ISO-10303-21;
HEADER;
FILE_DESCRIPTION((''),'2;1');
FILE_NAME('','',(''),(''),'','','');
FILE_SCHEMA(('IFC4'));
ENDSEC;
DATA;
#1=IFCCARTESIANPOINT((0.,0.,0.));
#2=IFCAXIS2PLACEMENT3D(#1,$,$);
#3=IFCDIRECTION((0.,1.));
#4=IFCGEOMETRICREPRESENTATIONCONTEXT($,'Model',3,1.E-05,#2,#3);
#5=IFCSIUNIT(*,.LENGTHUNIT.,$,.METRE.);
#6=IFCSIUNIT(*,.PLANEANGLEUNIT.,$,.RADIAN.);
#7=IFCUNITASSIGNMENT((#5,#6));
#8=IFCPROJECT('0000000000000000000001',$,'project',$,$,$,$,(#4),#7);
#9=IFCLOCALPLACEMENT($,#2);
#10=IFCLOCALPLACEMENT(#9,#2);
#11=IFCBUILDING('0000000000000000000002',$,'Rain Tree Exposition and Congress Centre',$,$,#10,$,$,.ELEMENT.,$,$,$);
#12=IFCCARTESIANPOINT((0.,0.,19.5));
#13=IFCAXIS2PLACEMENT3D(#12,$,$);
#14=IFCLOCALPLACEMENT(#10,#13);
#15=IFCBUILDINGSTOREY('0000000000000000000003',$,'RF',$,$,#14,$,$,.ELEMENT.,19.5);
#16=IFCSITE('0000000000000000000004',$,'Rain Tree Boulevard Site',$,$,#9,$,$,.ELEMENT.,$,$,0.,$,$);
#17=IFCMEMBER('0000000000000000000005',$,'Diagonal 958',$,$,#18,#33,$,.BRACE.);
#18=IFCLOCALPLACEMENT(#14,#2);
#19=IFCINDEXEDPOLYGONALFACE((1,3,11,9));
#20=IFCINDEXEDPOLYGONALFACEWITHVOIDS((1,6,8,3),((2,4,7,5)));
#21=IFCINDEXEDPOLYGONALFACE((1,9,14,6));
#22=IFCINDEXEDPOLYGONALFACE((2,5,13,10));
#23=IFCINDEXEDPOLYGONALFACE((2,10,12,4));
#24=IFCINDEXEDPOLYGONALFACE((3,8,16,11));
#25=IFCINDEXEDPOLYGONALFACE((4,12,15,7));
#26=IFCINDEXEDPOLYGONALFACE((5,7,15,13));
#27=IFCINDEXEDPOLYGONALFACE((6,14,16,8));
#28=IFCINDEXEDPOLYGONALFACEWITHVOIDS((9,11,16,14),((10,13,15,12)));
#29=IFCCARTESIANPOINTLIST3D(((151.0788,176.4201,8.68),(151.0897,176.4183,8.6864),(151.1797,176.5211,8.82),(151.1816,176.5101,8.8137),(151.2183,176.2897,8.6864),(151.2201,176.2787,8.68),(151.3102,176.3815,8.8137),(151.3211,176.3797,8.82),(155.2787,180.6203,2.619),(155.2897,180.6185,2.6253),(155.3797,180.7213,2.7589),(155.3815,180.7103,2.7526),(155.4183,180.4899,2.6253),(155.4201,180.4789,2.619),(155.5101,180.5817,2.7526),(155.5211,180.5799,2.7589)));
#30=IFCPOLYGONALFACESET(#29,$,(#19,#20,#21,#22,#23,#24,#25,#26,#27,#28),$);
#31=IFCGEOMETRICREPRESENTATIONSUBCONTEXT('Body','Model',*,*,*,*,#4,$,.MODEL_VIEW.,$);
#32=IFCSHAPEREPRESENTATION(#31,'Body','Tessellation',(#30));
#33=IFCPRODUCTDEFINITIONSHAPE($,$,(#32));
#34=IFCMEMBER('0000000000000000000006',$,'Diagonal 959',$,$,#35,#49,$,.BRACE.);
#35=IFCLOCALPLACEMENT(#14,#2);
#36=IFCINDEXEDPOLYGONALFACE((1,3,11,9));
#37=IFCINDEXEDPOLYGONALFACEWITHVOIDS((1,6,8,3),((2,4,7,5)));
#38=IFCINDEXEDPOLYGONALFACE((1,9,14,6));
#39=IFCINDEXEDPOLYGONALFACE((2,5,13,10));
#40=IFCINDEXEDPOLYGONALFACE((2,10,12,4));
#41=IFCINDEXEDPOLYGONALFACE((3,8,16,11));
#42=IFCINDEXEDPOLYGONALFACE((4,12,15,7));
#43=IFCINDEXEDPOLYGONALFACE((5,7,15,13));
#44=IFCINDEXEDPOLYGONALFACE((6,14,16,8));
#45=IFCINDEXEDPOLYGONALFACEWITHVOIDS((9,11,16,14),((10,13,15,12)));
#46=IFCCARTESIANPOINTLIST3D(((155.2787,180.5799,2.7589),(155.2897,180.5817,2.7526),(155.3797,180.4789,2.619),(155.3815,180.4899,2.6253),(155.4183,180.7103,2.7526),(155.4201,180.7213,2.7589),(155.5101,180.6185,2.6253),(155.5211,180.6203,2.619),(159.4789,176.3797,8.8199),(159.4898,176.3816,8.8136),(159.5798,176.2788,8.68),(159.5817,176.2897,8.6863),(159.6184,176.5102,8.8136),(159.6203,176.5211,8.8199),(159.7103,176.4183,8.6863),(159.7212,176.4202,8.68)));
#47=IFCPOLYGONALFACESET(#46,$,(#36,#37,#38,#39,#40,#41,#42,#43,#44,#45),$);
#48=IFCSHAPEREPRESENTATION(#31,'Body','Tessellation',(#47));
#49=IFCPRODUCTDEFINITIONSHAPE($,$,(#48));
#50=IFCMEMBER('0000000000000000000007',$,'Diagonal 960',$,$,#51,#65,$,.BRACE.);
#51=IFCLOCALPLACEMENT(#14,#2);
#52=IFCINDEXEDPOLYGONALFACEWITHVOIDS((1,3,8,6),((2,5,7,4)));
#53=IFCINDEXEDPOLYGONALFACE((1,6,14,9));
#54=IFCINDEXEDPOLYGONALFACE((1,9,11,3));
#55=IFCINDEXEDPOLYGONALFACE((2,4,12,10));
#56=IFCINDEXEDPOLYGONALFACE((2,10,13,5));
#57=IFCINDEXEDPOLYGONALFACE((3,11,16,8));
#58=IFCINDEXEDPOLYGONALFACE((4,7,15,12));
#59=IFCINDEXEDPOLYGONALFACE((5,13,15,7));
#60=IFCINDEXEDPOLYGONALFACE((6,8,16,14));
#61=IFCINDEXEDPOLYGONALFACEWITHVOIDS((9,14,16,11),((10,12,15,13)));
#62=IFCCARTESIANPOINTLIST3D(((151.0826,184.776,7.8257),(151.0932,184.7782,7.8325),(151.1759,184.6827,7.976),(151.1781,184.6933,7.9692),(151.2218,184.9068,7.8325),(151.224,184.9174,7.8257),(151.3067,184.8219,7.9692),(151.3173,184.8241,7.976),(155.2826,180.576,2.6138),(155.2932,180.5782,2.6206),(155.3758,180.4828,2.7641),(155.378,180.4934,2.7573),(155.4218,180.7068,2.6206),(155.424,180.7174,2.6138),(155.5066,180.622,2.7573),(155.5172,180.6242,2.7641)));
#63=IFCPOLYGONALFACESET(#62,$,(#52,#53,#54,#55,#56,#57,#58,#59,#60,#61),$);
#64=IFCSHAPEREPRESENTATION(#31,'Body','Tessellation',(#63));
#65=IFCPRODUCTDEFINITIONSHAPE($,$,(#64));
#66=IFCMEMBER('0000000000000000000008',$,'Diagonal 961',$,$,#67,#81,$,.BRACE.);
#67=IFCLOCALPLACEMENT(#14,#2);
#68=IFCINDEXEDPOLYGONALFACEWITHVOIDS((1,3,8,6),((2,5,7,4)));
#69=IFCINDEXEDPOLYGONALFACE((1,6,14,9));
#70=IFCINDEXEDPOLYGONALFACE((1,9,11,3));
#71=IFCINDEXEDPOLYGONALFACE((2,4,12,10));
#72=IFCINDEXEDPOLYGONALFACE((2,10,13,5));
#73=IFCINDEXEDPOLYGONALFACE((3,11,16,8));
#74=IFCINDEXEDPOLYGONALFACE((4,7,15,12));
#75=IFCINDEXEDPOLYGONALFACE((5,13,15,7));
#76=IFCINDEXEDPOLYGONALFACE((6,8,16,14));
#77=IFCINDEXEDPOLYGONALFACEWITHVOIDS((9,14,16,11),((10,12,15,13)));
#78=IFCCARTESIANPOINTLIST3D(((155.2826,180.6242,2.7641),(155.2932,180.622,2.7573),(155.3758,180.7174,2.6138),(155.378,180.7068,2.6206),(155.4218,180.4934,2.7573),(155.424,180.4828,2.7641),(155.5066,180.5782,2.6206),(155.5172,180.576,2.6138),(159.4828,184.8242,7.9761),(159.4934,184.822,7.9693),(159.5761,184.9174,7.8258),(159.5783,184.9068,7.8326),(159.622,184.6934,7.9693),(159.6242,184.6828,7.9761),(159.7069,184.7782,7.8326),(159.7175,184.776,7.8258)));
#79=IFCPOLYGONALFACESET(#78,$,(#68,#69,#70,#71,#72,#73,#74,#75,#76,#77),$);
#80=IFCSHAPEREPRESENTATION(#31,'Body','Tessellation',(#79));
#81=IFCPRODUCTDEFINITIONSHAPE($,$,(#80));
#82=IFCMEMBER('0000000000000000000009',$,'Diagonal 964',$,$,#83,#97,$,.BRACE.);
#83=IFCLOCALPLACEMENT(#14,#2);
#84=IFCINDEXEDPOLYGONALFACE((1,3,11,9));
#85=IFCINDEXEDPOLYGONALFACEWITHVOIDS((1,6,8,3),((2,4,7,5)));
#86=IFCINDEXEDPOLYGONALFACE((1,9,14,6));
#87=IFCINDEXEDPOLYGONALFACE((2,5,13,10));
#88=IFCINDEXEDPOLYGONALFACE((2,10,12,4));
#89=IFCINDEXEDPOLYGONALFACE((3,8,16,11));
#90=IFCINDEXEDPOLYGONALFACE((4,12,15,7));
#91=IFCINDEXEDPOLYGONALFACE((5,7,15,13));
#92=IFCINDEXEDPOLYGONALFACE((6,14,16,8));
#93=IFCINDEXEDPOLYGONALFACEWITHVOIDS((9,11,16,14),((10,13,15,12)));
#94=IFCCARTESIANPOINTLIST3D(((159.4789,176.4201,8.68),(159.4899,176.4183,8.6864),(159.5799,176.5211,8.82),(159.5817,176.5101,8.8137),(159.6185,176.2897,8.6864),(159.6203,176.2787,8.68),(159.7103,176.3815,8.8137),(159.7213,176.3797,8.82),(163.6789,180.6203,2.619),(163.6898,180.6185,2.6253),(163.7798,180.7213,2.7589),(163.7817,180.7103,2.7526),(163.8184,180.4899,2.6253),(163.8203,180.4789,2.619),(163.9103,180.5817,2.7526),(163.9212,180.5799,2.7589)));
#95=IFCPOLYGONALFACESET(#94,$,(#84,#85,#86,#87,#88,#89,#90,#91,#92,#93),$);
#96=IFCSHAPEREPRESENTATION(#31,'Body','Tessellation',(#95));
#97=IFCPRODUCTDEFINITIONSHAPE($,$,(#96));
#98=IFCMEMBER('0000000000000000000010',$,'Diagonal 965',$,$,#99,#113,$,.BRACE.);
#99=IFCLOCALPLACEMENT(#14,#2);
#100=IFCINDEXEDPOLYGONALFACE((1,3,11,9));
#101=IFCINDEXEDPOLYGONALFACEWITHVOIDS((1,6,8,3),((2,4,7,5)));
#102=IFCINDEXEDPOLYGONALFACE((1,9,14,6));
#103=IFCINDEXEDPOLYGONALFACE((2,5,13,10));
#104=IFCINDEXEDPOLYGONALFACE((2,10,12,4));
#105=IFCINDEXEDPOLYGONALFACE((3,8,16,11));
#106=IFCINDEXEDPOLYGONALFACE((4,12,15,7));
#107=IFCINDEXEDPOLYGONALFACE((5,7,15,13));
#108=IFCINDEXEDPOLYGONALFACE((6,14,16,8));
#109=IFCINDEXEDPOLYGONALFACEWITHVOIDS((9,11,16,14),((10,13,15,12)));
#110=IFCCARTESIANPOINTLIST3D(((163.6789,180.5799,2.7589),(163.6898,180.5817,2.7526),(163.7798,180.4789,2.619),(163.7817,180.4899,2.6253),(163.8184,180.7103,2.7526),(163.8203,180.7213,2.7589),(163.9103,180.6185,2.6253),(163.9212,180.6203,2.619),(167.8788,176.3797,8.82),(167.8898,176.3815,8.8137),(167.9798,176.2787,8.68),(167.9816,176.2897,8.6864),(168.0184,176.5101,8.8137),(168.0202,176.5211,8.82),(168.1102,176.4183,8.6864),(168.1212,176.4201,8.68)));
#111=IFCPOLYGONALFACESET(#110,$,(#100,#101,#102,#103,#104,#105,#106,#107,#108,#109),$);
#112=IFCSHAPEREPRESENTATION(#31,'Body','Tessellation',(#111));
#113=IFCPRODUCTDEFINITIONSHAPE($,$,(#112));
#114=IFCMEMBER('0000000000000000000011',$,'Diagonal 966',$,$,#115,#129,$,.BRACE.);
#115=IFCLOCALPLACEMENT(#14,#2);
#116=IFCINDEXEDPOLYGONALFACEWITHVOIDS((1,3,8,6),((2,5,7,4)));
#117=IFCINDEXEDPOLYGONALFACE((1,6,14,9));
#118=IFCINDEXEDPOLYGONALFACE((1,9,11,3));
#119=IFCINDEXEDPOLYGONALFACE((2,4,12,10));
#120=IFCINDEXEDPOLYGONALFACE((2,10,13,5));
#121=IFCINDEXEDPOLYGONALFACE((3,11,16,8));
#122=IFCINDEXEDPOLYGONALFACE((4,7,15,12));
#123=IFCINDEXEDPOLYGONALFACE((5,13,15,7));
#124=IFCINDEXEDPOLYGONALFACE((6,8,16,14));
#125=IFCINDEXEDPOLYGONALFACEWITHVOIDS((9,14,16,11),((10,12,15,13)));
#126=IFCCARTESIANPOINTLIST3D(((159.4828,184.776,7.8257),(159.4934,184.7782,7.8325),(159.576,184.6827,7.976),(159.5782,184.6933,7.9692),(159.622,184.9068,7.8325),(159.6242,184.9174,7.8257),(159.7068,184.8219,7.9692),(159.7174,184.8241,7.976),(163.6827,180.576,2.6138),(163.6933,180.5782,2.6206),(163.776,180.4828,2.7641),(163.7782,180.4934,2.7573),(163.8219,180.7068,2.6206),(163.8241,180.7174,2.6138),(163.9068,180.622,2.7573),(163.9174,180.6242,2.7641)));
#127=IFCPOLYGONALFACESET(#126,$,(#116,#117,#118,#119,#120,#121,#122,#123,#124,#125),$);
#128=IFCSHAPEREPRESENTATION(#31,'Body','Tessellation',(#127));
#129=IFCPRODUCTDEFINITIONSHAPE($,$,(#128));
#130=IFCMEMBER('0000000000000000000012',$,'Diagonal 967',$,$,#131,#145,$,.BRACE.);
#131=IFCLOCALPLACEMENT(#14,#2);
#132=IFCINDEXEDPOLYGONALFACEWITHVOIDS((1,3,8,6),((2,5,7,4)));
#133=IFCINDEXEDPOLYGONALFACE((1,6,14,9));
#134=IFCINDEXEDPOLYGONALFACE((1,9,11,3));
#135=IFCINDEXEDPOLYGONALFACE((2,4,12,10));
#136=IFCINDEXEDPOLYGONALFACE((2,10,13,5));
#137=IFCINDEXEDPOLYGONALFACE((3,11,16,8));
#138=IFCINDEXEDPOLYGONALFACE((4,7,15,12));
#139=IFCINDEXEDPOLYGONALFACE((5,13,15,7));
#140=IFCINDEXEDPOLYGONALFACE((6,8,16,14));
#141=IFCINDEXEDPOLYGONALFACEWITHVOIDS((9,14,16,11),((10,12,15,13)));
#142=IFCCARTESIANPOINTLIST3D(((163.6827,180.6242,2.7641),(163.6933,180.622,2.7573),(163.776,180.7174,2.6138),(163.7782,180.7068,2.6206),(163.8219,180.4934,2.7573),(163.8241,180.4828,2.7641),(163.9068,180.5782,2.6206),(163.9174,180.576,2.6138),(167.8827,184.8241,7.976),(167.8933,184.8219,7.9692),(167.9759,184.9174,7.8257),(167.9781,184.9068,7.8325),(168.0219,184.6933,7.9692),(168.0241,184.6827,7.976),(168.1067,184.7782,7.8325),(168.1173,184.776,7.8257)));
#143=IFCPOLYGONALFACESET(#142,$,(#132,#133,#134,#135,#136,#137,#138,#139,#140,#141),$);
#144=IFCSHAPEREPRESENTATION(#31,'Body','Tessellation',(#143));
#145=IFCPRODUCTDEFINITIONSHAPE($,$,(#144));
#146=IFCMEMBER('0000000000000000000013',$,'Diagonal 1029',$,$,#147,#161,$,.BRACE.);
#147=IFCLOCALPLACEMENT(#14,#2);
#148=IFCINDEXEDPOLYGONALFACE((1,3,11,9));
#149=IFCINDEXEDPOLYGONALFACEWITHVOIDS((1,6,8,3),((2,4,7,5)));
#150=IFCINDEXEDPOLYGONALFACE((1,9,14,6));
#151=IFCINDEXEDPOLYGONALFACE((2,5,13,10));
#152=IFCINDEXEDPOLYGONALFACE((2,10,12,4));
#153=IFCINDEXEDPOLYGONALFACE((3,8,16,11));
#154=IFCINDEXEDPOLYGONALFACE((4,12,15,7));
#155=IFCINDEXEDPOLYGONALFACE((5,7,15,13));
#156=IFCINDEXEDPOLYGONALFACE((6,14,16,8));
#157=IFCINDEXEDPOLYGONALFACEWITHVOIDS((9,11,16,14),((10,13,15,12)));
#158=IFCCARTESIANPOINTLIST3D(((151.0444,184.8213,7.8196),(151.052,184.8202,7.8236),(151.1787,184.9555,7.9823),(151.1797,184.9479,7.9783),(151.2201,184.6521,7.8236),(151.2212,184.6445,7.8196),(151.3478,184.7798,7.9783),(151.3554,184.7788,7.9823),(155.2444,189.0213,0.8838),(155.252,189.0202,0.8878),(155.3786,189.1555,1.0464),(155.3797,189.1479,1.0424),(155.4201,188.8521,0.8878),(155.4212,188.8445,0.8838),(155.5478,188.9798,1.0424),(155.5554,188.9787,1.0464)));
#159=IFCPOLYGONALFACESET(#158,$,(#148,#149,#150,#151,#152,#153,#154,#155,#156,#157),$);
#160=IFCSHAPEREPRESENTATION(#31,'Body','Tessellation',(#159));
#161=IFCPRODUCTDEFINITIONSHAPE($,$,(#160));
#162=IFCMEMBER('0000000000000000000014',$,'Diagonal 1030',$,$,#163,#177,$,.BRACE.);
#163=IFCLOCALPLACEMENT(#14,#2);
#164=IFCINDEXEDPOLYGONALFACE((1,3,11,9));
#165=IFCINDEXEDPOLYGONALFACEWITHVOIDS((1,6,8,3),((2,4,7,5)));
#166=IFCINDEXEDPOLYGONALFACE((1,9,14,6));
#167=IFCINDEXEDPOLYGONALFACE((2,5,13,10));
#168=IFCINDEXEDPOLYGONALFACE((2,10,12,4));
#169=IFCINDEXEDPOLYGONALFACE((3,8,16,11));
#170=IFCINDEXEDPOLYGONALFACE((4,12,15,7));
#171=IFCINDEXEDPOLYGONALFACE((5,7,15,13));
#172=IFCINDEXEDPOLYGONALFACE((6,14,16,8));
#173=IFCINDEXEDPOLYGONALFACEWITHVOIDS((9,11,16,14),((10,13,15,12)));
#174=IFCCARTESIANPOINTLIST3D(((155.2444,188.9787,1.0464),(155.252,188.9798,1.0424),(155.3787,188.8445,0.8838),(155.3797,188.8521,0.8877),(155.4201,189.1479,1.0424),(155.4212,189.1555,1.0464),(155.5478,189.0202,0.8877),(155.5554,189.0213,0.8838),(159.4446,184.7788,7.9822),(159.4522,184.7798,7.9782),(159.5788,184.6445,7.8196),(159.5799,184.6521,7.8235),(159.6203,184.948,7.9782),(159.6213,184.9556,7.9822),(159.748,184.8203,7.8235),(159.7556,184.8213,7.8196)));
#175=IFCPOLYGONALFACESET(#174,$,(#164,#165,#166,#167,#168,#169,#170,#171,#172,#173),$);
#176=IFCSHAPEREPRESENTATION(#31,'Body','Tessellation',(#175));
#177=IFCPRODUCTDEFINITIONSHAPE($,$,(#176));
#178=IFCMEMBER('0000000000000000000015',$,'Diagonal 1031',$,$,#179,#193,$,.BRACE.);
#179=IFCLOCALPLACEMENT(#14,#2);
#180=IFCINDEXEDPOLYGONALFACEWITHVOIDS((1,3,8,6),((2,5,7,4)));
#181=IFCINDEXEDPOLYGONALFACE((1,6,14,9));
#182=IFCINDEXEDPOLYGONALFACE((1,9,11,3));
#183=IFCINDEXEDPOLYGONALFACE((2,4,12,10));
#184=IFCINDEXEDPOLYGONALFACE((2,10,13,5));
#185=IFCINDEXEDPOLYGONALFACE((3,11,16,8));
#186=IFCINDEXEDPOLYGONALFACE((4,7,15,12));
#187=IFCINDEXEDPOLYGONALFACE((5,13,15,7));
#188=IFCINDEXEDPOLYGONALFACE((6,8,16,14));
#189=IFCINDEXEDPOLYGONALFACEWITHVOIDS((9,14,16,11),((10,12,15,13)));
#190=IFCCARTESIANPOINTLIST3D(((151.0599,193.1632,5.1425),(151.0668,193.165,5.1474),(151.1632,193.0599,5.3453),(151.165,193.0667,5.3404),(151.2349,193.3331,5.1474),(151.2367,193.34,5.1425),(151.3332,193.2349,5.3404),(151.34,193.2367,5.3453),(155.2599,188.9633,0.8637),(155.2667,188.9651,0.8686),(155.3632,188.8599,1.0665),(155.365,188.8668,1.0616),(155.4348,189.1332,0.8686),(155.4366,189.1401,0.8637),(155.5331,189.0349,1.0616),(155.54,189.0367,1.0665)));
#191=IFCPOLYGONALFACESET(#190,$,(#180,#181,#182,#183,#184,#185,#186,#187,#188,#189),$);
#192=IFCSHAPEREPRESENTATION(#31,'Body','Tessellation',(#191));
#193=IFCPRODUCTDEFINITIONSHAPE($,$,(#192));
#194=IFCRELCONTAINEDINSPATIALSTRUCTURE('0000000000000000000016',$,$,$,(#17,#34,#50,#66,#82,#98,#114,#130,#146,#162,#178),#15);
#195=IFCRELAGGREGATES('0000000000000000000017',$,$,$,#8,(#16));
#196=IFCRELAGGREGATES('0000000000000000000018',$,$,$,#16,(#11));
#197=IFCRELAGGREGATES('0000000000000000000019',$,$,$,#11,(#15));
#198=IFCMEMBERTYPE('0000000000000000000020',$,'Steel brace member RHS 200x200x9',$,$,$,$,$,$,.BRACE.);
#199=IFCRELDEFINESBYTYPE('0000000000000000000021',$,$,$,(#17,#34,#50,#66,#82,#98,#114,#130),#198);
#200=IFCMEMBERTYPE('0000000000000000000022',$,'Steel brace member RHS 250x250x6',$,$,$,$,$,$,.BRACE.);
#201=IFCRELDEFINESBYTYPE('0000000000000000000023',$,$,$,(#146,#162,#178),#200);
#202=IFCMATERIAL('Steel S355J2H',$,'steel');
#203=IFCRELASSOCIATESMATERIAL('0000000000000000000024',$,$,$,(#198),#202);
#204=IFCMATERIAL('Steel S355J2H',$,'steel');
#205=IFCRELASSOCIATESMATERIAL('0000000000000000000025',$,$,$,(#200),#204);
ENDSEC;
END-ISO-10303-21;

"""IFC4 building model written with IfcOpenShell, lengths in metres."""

from ifc_helpers import new_model, si_unit, direction, frame, origin, origin_2d, place, context, subcontext, project, spatial, hollow_rectangle, extrude, material, material_profile, profile_set, type_object, element, save


model = new_model("IFC4")

# Units and contexts
model_context = context("Model", 3, precision=1e-05, world=origin(), true_north=direction((0.0, 1.0)))
body_context = subcontext(model_context, "Body", "Model", "MODEL_VIEW")
ifc_project = project(units=[si_unit("LENGTHUNIT", "METRE"), si_unit("PLANEANGLEUNIT", "RADIAN")], contexts=[model_context])

# Site, building, storey
site_placement = place(None, origin())
site = spatial("IfcSite", under=ifc_project, at=site_placement, Name="Rain Tree Boulevard Site", CompositionType="ELEMENT", RefElevation=0.0)
building_placement = place(site_placement, origin())
building = spatial("IfcBuilding", under=site, at=building_placement, Name="Rain Tree Exposition and Congress Centre", CompositionType="ELEMENT")
storey_placement = place(building_placement, frame((0.0, 0.0, 19.5)))
storey = spatial("IfcBuildingStorey", under=building, at=storey_placement, Name="RF", CompositionType="ELEMENT", Elevation=19.5)

# Members
ifc_material_1 = material(Name="Steel S355J2H", Category="steel")
ifc_material_profile_1 = material_profile(ifc_material_1, hollow_rectangle(XDim=0.2, YDim=0.2, WallThickness=0.009, at=origin_2d()), Name="RHS 200x200x9")
ifc_profile_set_1 = profile_set([ifc_material_profile_1], Name="Steel S355J2H")
member_type_1 = type_object("IfcMemberType", Name="Steel brace member RHS 200x200x9", PredefinedType="BRACE", material=ifc_profile_set_1)
for number, where, z_axis, x_axis, name in (
    (1, (155.3999, 180.6001, 2.689), (-0.494909, -0.494938, 0.714214), (0.707127, -0.707086, 0.0), "Diagonal 958"),
    (2, (155.3999, 180.6001, 2.689), (0.494931, -0.494931, 0.714203), (0.707107, 0.707107, 0.0), "Diagonal 959"),
):
    element("IfcMember", number, at=place(storey_placement, frame(where, z_axis=z_axis, x_axis=x_axis)), inside=storey, type_object=member_type_1, Name=name, PredefinedType="BRACE", context=body_context, shape_type="SweptSolid", body=[
        extrude(hollow_rectangle(XDim=0.2, YDim=0.2, WallThickness=0.009, at=origin_2d()), origin(), (0.0, 0.0, 1.0), 8.4863),
    ])
member_1_placement = place(storey_placement, frame((155.3999, 180.6001, 2.689), z_axis=(-0.531498, 0.531498, 0.65956), x_axis=(-0.707107, -0.707107, 0.0)))
element("IfcMember", 3, at=member_1_placement, inside=storey, type_object=member_type_1, Name="Diagonal 960", PredefinedType="BRACE", context=body_context, shape_type="SweptSolid", body=[
    extrude(hollow_rectangle(XDim=0.2, YDim=0.2, WallThickness=0.009, at=origin_2d()), origin(), (0.0, 0.0, 1.0), 7.9021),
])
member_2_placement = place(storey_placement, frame((155.3999, 180.6001, 2.689), z_axis=(0.53152, 0.531489, 0.65955), x_axis=(-0.707086, 0.707127, 0.0)))
element("IfcMember", 4, at=member_2_placement, inside=storey, type_object=member_type_1, Name="Diagonal 961", PredefinedType="BRACE", context=body_context, shape_type="SweptSolid", body=[
    extrude(hollow_rectangle(XDim=0.2, YDim=0.2, WallThickness=0.009, at=origin_2d()), origin(), (0.0, 0.0, 1.0), 7.9023),
])
for number, where, z_axis, x_axis, name in (
    (5, (163.8, 180.6001, 2.689), (-0.494909, -0.494938, 0.714214), (0.707127, -0.707086, 0.0), "Diagonal 964"),
    (6, (163.8, 180.6001, 2.689), (0.494909, -0.494938, 0.714214), (0.707127, 0.707086, 0.0), "Diagonal 965"),
):
    element("IfcMember", number, at=place(storey_placement, frame(where, z_axis=z_axis, x_axis=x_axis)), inside=storey, type_object=member_type_1, Name=name, PredefinedType="BRACE", context=body_context, shape_type="SweptSolid", body=[
        extrude(hollow_rectangle(XDim=0.2, YDim=0.2, WallThickness=0.009, at=origin_2d()), origin(), (0.0, 0.0, 1.0), 8.4863),
    ])
for number, where, z_axis, x_axis, name in (
    (7, (163.8, 180.6001, 2.689), (-0.531498, 0.531498, 0.65956), (-0.707107, -0.707107, 0.0), "Diagonal 966"),
    (8, (163.8, 180.6001, 2.689), (0.531498, 0.531498, 0.65956), (-0.707107, 0.707107, 0.0), "Diagonal 967"),
):
    element("IfcMember", number, at=place(storey_placement, frame(where, z_axis=z_axis, x_axis=x_axis)), inside=storey, type_object=member_type_1, Name=name, PredefinedType="BRACE", context=body_context, shape_type="SweptSolid", body=[
        extrude(hollow_rectangle(XDim=0.2, YDim=0.2, WallThickness=0.009, at=origin_2d()), origin(), (0.0, 0.0, 1.0), 7.9021),
    ])
ifc_material_2 = material(Name="Steel S355J2H", Category="steel")
ifc_material_profile_2 = material_profile(ifc_material_2, hollow_rectangle(XDim=0.25, YDim=0.25, WallThickness=0.0061, at=origin_2d()), Name="RHS 250x250x6")
ifc_profile_set_2 = profile_set([ifc_material_profile_2], Name="Steel S355J2H")
member_type_2 = type_object("IfcMemberType", Name="Steel brace member RHS 250x250x6", PredefinedType="BRACE", material=ifc_profile_set_2)
for number, where, z_axis, x_axis, name in (
    (9, (155.3999, 189.0, 0.9651), (-0.459941, -0.459941, 0.759545), (0.707107, -0.707107, 0.0), "Diagonal 1029"),
    (10, (155.3999, 189.0, 0.9651), (0.459962, -0.459935, 0.759536), (0.707086, 0.707127, 0.0), "Diagonal 1030"),
):
    element("IfcMember", number, at=place(storey_placement, frame(where, z_axis=z_axis, x_axis=x_axis)), inside=storey, type_object=member_type_2, Name=name, PredefinedType="BRACE", context=body_context, shape_type="SweptSolid", body=[
        extrude(hollow_rectangle(XDim=0.25, YDim=0.25, WallThickness=0.0061, at=origin_2d()), origin(), (0.0, 0.0, 1.0), 9.1316),
    ])
member_3_placement = place(storey_placement, frame((155.3999, 189.0, 0.9651), z_axis=(-0.573737, 0.573737, 0.58451), x_axis=(-0.707107, -0.707107, 0.0)))
element("IfcMember", 11, at=member_3_placement, inside=storey, type_object=member_type_2, Name="Diagonal 1031", PredefinedType="BRACE", context=body_context, shape_type="SweptSolid", body=[
    extrude(hollow_rectangle(XDim=0.25, YDim=0.25, WallThickness=0.0061, at=origin_2d()), origin(), (0.0, 0.0, 1.0), 7.3203),
])

save(model, "model.ifc")
